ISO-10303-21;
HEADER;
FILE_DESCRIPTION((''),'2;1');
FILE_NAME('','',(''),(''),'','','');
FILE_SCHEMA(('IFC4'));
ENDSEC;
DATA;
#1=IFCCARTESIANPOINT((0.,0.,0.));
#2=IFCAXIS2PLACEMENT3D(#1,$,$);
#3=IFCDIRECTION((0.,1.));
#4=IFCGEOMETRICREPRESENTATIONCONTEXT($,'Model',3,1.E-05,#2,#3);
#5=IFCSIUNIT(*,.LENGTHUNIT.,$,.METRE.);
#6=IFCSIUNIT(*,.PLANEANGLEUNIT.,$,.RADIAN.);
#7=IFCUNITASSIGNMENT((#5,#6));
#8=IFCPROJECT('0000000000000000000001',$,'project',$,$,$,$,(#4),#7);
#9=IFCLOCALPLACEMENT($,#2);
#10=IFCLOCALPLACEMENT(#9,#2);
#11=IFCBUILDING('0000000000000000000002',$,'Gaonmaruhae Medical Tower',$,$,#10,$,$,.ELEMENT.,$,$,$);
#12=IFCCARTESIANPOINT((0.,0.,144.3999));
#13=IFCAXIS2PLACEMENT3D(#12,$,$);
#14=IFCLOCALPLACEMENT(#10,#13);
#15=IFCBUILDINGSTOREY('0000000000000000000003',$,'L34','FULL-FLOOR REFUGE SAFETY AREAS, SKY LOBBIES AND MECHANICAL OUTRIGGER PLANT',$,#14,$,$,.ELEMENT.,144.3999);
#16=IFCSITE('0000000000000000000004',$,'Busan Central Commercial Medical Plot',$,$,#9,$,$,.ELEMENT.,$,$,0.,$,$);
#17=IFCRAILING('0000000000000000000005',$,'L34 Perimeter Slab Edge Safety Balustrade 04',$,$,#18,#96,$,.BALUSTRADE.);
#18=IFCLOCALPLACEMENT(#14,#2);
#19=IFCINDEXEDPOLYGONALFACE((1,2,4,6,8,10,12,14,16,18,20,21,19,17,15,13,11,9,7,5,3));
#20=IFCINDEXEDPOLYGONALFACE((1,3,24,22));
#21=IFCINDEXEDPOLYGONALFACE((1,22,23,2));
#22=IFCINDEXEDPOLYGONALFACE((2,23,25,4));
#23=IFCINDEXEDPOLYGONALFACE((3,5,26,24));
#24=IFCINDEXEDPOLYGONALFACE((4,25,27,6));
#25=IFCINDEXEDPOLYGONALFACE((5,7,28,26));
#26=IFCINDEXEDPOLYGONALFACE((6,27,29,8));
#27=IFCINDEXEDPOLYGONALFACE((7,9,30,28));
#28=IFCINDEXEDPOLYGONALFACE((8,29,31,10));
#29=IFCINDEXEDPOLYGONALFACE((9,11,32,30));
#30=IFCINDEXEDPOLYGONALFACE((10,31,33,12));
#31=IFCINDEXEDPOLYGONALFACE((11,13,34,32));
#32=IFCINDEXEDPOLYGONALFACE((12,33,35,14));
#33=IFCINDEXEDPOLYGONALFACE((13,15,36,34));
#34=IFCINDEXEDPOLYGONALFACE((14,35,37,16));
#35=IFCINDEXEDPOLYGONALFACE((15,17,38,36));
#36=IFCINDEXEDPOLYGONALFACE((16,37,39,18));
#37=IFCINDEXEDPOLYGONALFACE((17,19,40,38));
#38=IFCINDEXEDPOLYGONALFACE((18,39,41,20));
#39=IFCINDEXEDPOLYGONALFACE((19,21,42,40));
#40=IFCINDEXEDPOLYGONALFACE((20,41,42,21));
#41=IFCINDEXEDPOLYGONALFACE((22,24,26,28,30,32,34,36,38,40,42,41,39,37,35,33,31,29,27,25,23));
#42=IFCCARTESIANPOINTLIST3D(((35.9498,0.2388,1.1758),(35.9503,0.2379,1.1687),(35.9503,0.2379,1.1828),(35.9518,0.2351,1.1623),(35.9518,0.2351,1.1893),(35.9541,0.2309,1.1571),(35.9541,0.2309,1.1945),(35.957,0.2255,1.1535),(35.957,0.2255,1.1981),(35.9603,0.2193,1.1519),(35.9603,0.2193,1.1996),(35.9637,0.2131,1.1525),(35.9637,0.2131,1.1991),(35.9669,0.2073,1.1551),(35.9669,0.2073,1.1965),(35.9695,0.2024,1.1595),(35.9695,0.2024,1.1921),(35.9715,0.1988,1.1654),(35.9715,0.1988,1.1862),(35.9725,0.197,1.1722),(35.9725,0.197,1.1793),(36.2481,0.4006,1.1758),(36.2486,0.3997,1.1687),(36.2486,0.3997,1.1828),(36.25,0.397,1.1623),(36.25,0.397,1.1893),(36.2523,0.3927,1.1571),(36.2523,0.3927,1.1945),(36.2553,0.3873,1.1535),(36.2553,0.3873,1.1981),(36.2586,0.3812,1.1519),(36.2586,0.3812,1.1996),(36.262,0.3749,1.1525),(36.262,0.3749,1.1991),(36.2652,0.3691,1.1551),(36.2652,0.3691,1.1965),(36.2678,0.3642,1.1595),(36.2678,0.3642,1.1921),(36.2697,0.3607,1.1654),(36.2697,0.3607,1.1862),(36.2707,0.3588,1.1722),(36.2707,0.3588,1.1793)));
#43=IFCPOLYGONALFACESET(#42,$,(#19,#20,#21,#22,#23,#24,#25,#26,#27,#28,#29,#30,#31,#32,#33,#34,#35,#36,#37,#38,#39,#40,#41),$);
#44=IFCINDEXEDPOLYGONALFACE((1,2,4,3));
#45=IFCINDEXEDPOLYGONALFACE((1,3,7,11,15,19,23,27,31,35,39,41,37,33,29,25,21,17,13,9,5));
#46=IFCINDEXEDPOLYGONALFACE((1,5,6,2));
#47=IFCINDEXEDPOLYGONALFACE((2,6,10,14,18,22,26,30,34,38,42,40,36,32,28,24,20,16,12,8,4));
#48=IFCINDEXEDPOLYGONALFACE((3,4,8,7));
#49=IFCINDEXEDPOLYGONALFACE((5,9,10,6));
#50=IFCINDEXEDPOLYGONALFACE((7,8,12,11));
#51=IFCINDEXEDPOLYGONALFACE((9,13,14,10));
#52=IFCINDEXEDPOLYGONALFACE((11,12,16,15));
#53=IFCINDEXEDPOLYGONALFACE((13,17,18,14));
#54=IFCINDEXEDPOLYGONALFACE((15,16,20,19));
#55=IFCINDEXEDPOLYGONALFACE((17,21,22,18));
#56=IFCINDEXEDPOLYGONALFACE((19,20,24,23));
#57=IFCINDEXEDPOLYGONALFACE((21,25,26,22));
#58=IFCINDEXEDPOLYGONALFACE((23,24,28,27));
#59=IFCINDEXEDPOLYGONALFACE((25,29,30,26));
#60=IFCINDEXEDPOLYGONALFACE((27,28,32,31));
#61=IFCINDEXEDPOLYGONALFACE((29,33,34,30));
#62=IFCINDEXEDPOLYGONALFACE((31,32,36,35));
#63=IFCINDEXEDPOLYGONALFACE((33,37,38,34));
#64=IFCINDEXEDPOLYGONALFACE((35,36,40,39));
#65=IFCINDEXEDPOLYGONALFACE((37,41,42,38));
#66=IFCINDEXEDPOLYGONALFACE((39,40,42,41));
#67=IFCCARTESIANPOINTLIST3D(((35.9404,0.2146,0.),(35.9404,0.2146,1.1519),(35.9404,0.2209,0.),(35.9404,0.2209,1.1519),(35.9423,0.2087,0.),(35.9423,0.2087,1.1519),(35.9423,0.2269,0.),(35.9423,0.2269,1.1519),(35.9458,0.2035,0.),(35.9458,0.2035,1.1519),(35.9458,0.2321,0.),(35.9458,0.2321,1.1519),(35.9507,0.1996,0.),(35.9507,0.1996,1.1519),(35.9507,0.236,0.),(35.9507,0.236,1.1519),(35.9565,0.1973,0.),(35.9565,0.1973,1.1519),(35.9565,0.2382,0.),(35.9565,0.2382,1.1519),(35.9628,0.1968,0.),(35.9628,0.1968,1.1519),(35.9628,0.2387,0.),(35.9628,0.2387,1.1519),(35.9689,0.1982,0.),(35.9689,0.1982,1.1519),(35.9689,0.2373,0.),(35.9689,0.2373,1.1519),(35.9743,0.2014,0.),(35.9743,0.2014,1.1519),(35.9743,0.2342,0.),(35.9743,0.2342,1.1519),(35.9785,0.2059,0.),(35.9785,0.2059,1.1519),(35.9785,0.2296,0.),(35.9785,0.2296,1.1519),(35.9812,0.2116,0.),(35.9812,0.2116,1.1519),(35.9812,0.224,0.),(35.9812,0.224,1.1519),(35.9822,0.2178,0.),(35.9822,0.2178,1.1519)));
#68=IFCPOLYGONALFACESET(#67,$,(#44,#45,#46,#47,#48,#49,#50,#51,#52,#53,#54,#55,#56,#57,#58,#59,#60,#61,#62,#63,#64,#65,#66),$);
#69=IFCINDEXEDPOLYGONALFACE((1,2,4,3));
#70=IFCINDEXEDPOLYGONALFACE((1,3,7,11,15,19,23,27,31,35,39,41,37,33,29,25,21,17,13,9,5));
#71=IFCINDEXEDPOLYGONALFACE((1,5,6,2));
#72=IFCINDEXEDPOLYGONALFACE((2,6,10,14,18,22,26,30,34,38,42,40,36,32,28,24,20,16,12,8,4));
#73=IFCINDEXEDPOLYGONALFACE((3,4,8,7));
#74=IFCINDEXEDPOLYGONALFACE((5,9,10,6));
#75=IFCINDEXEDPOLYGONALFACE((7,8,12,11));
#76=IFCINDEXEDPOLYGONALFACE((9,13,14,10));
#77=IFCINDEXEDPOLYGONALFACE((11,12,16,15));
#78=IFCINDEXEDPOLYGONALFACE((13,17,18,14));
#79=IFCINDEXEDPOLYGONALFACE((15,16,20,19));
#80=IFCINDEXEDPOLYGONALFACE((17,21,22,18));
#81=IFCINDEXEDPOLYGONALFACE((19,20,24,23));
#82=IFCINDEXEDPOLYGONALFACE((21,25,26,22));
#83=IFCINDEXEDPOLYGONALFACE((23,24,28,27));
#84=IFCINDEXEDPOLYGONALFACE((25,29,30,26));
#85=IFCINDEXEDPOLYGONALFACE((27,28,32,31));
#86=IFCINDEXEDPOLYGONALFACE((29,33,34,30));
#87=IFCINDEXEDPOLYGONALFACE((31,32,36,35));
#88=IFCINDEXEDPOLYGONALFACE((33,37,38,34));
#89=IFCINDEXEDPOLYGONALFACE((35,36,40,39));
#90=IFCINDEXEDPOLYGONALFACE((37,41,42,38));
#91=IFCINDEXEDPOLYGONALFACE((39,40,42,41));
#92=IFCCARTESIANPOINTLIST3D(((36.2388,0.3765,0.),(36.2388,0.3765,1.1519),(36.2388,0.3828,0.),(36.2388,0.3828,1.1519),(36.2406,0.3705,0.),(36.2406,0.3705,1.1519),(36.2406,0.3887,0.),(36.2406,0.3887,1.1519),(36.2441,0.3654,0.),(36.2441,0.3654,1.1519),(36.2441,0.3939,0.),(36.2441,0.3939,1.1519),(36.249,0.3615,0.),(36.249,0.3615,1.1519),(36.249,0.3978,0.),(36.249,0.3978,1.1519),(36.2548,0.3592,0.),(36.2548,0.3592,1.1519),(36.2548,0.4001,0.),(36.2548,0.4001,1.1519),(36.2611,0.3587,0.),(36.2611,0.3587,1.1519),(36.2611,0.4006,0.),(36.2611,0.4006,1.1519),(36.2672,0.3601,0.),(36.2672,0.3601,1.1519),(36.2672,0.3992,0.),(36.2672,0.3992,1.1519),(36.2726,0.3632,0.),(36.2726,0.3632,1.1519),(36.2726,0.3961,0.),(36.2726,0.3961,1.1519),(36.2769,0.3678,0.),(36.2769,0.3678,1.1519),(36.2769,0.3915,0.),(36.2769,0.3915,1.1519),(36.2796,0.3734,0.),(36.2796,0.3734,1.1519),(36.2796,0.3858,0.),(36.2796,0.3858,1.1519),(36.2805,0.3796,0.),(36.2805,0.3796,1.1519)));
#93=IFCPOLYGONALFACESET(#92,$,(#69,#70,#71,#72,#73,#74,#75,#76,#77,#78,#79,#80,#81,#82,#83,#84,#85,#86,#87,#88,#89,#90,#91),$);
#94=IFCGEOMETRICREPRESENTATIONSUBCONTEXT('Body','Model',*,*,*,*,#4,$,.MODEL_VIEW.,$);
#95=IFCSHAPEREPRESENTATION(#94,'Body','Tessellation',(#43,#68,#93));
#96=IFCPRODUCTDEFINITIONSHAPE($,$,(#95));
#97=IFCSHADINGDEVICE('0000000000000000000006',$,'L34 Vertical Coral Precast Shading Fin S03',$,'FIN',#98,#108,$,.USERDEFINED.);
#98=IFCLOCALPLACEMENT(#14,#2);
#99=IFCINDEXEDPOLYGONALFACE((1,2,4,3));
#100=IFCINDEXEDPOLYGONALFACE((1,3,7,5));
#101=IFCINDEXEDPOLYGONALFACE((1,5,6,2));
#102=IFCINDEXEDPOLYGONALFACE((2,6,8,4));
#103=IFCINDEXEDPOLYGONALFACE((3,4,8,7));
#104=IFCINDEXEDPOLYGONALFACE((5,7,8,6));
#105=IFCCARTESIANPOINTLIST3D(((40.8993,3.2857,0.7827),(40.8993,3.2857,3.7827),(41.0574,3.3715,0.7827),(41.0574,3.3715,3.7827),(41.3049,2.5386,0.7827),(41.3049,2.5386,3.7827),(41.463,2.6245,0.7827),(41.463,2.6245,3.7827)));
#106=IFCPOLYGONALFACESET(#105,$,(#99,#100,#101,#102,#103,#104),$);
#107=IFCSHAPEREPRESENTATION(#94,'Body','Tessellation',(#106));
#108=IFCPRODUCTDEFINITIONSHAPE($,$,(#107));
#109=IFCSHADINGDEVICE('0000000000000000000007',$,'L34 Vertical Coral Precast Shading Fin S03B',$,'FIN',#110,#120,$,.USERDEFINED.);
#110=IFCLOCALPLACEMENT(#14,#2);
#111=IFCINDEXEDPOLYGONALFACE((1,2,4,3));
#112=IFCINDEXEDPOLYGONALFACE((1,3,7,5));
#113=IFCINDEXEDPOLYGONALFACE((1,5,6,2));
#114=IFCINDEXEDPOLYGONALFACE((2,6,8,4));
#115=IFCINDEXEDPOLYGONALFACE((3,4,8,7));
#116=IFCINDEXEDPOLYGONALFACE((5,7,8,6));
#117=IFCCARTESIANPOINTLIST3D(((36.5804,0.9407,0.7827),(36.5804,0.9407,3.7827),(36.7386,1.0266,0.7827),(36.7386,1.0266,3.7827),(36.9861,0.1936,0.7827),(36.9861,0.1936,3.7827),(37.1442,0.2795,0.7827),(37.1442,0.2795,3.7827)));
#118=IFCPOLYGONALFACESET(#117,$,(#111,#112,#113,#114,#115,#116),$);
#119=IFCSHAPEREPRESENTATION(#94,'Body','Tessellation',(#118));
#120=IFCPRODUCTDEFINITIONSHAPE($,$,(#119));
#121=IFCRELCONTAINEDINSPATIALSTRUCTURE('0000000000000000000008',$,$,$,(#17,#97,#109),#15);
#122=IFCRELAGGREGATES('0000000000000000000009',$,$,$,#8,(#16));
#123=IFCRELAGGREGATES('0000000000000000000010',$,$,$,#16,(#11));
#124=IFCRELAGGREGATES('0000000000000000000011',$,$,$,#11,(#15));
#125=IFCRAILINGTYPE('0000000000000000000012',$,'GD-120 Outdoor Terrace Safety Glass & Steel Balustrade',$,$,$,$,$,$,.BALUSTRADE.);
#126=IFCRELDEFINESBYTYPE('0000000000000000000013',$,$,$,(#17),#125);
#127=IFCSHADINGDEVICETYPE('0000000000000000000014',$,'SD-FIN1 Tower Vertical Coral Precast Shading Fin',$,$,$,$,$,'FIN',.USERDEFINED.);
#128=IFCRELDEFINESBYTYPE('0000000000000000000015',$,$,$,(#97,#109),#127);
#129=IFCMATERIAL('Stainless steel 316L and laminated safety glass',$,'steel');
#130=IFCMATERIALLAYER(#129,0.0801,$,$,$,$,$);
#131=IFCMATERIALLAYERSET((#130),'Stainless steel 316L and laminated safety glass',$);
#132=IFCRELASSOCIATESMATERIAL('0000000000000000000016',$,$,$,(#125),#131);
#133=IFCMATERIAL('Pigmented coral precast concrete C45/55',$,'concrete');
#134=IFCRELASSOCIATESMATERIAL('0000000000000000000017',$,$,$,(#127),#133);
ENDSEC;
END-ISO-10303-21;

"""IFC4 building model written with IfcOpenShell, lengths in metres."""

from ifc_helpers import new_model, si_unit, direction, frame, origin, origin_2d, place, context, subcontext, project, spatial, rectangle, circle, extrude, material, layer, layer_set, type_object, element, save


model = new_model("IFC4")

# Units and contexts
model_context = context("Model", 3, precision=1e-05, world=origin(), true_north=direction((0.0, 1.0)))
body_context = subcontext(model_context, "Body", "Model", "MODEL_VIEW")
ifc_project = project(units=[si_unit("LENGTHUNIT", "METRE"), si_unit("PLANEANGLEUNIT", "RADIAN")], contexts=[model_context])

# Site, building, storey
site_placement = place(None, origin())
site = spatial("IfcSite", under=ifc_project, at=site_placement, Name="Busan Central Commercial Medical Plot", CompositionType="ELEMENT", RefElevation=0.0)
building_placement = place(site_placement, origin())
building = spatial("IfcBuilding", under=site, at=building_placement, Name="Gaonmaruhae Medical Tower", CompositionType="ELEMENT")
storey_placement = place(building_placement, frame((0.0, 0.0, 144.3999)))
storey = spatial("IfcBuildingStorey", under=building, at=storey_placement, Name="L34", Description="FULL-FLOOR REFUGE SAFETY AREAS, SKY LOBBIES AND MECHANICAL OUTRIGGER PLANT", CompositionType="ELEMENT", Elevation=144.3999)

# Railing
ifc_material_1 = material(Name="Stainless steel 316L and laminated safety glass", Category="steel")
ifc_layer_1 = layer(ifc_material_1, 0.0801)
ifc_layer_set_1 = layer_set([ifc_layer_1], Name="Stainless steel 316L and laminated safety glass")
railing_type = type_object("IfcRailingType", Name="GD-120 Outdoor Terrace Safety Glass & Steel Balustrade", PredefinedType="BALUSTRADE", material=ifc_layer_set_1)
railing_placement = place(storey_placement, frame((35.9612, 0.2178, 0.0)))
element("IfcRailing", 1, at=railing_placement, inside=storey, type_object=railing_type, Name="L34 Perimeter Slab Edge Safety Balustrade 04", PredefinedType="BALUSTRADE", context=body_context, shape_type="SweptSolid", body=[
    extrude(circle(Radius=0.0239, at=origin_2d()), frame((0.0, 0.0, 1.1758), z_axis=(0.878965, 0.476885, 0.0), x_axis=(-0.476885, 0.878965, 0.0)), (0.0, 0.0, 1.0), 0.3394),
    extrude(circle(Radius=0.021, at=origin_2d()), origin(), (0.0, 0.0, 1.0), 1.1519),
    extrude(circle(Radius=0.021, at=origin_2d()), frame((0.2983, 0.1619, 0.0)), (0.0, 0.0, 1.0), 1.1519),
])

# Shading devices
ifc_material_2 = material(Name="Pigmented coral precast concrete C45/55", Category="concrete")
shading_device_type = type_object("IfcShadingDeviceType", Name="SD-FIN1 Tower Vertical Coral Precast Shading Fin", ElementType="FIN", PredefinedType="USERDEFINED", material=ifc_material_2)
for number, where, z_axis, x_axis, name in (
    (2, (41.1812, 2.9551, 0.7827), (0.0, 0.0, 1.0), (-0.878817, -0.477159, 0.0), "L34 Vertical Coral Precast Shading Fin S03"),
    (3, (36.8623, 0.6101, 0.7827), (0.0, 0.0, 1.0), (-0.878817, -0.477159, 0.0), "L34 Vertical Coral Precast Shading Fin S03B"),
):
    element("IfcShadingDevice", number, at=place(storey_placement, frame(where, z_axis=z_axis, x_axis=x_axis)), inside=storey, type_object=shading_device_type, Name=name, ObjectType="FIN", PredefinedType="USERDEFINED", context=body_context, shape_type="SweptSolid", body=[
        extrude(rectangle(XDim=0.1799, YDim=0.8501, at=origin_2d()), origin(), (0.0, 0.0, 1.0), 3.0),
    ])

save(model, "model.ifc")
